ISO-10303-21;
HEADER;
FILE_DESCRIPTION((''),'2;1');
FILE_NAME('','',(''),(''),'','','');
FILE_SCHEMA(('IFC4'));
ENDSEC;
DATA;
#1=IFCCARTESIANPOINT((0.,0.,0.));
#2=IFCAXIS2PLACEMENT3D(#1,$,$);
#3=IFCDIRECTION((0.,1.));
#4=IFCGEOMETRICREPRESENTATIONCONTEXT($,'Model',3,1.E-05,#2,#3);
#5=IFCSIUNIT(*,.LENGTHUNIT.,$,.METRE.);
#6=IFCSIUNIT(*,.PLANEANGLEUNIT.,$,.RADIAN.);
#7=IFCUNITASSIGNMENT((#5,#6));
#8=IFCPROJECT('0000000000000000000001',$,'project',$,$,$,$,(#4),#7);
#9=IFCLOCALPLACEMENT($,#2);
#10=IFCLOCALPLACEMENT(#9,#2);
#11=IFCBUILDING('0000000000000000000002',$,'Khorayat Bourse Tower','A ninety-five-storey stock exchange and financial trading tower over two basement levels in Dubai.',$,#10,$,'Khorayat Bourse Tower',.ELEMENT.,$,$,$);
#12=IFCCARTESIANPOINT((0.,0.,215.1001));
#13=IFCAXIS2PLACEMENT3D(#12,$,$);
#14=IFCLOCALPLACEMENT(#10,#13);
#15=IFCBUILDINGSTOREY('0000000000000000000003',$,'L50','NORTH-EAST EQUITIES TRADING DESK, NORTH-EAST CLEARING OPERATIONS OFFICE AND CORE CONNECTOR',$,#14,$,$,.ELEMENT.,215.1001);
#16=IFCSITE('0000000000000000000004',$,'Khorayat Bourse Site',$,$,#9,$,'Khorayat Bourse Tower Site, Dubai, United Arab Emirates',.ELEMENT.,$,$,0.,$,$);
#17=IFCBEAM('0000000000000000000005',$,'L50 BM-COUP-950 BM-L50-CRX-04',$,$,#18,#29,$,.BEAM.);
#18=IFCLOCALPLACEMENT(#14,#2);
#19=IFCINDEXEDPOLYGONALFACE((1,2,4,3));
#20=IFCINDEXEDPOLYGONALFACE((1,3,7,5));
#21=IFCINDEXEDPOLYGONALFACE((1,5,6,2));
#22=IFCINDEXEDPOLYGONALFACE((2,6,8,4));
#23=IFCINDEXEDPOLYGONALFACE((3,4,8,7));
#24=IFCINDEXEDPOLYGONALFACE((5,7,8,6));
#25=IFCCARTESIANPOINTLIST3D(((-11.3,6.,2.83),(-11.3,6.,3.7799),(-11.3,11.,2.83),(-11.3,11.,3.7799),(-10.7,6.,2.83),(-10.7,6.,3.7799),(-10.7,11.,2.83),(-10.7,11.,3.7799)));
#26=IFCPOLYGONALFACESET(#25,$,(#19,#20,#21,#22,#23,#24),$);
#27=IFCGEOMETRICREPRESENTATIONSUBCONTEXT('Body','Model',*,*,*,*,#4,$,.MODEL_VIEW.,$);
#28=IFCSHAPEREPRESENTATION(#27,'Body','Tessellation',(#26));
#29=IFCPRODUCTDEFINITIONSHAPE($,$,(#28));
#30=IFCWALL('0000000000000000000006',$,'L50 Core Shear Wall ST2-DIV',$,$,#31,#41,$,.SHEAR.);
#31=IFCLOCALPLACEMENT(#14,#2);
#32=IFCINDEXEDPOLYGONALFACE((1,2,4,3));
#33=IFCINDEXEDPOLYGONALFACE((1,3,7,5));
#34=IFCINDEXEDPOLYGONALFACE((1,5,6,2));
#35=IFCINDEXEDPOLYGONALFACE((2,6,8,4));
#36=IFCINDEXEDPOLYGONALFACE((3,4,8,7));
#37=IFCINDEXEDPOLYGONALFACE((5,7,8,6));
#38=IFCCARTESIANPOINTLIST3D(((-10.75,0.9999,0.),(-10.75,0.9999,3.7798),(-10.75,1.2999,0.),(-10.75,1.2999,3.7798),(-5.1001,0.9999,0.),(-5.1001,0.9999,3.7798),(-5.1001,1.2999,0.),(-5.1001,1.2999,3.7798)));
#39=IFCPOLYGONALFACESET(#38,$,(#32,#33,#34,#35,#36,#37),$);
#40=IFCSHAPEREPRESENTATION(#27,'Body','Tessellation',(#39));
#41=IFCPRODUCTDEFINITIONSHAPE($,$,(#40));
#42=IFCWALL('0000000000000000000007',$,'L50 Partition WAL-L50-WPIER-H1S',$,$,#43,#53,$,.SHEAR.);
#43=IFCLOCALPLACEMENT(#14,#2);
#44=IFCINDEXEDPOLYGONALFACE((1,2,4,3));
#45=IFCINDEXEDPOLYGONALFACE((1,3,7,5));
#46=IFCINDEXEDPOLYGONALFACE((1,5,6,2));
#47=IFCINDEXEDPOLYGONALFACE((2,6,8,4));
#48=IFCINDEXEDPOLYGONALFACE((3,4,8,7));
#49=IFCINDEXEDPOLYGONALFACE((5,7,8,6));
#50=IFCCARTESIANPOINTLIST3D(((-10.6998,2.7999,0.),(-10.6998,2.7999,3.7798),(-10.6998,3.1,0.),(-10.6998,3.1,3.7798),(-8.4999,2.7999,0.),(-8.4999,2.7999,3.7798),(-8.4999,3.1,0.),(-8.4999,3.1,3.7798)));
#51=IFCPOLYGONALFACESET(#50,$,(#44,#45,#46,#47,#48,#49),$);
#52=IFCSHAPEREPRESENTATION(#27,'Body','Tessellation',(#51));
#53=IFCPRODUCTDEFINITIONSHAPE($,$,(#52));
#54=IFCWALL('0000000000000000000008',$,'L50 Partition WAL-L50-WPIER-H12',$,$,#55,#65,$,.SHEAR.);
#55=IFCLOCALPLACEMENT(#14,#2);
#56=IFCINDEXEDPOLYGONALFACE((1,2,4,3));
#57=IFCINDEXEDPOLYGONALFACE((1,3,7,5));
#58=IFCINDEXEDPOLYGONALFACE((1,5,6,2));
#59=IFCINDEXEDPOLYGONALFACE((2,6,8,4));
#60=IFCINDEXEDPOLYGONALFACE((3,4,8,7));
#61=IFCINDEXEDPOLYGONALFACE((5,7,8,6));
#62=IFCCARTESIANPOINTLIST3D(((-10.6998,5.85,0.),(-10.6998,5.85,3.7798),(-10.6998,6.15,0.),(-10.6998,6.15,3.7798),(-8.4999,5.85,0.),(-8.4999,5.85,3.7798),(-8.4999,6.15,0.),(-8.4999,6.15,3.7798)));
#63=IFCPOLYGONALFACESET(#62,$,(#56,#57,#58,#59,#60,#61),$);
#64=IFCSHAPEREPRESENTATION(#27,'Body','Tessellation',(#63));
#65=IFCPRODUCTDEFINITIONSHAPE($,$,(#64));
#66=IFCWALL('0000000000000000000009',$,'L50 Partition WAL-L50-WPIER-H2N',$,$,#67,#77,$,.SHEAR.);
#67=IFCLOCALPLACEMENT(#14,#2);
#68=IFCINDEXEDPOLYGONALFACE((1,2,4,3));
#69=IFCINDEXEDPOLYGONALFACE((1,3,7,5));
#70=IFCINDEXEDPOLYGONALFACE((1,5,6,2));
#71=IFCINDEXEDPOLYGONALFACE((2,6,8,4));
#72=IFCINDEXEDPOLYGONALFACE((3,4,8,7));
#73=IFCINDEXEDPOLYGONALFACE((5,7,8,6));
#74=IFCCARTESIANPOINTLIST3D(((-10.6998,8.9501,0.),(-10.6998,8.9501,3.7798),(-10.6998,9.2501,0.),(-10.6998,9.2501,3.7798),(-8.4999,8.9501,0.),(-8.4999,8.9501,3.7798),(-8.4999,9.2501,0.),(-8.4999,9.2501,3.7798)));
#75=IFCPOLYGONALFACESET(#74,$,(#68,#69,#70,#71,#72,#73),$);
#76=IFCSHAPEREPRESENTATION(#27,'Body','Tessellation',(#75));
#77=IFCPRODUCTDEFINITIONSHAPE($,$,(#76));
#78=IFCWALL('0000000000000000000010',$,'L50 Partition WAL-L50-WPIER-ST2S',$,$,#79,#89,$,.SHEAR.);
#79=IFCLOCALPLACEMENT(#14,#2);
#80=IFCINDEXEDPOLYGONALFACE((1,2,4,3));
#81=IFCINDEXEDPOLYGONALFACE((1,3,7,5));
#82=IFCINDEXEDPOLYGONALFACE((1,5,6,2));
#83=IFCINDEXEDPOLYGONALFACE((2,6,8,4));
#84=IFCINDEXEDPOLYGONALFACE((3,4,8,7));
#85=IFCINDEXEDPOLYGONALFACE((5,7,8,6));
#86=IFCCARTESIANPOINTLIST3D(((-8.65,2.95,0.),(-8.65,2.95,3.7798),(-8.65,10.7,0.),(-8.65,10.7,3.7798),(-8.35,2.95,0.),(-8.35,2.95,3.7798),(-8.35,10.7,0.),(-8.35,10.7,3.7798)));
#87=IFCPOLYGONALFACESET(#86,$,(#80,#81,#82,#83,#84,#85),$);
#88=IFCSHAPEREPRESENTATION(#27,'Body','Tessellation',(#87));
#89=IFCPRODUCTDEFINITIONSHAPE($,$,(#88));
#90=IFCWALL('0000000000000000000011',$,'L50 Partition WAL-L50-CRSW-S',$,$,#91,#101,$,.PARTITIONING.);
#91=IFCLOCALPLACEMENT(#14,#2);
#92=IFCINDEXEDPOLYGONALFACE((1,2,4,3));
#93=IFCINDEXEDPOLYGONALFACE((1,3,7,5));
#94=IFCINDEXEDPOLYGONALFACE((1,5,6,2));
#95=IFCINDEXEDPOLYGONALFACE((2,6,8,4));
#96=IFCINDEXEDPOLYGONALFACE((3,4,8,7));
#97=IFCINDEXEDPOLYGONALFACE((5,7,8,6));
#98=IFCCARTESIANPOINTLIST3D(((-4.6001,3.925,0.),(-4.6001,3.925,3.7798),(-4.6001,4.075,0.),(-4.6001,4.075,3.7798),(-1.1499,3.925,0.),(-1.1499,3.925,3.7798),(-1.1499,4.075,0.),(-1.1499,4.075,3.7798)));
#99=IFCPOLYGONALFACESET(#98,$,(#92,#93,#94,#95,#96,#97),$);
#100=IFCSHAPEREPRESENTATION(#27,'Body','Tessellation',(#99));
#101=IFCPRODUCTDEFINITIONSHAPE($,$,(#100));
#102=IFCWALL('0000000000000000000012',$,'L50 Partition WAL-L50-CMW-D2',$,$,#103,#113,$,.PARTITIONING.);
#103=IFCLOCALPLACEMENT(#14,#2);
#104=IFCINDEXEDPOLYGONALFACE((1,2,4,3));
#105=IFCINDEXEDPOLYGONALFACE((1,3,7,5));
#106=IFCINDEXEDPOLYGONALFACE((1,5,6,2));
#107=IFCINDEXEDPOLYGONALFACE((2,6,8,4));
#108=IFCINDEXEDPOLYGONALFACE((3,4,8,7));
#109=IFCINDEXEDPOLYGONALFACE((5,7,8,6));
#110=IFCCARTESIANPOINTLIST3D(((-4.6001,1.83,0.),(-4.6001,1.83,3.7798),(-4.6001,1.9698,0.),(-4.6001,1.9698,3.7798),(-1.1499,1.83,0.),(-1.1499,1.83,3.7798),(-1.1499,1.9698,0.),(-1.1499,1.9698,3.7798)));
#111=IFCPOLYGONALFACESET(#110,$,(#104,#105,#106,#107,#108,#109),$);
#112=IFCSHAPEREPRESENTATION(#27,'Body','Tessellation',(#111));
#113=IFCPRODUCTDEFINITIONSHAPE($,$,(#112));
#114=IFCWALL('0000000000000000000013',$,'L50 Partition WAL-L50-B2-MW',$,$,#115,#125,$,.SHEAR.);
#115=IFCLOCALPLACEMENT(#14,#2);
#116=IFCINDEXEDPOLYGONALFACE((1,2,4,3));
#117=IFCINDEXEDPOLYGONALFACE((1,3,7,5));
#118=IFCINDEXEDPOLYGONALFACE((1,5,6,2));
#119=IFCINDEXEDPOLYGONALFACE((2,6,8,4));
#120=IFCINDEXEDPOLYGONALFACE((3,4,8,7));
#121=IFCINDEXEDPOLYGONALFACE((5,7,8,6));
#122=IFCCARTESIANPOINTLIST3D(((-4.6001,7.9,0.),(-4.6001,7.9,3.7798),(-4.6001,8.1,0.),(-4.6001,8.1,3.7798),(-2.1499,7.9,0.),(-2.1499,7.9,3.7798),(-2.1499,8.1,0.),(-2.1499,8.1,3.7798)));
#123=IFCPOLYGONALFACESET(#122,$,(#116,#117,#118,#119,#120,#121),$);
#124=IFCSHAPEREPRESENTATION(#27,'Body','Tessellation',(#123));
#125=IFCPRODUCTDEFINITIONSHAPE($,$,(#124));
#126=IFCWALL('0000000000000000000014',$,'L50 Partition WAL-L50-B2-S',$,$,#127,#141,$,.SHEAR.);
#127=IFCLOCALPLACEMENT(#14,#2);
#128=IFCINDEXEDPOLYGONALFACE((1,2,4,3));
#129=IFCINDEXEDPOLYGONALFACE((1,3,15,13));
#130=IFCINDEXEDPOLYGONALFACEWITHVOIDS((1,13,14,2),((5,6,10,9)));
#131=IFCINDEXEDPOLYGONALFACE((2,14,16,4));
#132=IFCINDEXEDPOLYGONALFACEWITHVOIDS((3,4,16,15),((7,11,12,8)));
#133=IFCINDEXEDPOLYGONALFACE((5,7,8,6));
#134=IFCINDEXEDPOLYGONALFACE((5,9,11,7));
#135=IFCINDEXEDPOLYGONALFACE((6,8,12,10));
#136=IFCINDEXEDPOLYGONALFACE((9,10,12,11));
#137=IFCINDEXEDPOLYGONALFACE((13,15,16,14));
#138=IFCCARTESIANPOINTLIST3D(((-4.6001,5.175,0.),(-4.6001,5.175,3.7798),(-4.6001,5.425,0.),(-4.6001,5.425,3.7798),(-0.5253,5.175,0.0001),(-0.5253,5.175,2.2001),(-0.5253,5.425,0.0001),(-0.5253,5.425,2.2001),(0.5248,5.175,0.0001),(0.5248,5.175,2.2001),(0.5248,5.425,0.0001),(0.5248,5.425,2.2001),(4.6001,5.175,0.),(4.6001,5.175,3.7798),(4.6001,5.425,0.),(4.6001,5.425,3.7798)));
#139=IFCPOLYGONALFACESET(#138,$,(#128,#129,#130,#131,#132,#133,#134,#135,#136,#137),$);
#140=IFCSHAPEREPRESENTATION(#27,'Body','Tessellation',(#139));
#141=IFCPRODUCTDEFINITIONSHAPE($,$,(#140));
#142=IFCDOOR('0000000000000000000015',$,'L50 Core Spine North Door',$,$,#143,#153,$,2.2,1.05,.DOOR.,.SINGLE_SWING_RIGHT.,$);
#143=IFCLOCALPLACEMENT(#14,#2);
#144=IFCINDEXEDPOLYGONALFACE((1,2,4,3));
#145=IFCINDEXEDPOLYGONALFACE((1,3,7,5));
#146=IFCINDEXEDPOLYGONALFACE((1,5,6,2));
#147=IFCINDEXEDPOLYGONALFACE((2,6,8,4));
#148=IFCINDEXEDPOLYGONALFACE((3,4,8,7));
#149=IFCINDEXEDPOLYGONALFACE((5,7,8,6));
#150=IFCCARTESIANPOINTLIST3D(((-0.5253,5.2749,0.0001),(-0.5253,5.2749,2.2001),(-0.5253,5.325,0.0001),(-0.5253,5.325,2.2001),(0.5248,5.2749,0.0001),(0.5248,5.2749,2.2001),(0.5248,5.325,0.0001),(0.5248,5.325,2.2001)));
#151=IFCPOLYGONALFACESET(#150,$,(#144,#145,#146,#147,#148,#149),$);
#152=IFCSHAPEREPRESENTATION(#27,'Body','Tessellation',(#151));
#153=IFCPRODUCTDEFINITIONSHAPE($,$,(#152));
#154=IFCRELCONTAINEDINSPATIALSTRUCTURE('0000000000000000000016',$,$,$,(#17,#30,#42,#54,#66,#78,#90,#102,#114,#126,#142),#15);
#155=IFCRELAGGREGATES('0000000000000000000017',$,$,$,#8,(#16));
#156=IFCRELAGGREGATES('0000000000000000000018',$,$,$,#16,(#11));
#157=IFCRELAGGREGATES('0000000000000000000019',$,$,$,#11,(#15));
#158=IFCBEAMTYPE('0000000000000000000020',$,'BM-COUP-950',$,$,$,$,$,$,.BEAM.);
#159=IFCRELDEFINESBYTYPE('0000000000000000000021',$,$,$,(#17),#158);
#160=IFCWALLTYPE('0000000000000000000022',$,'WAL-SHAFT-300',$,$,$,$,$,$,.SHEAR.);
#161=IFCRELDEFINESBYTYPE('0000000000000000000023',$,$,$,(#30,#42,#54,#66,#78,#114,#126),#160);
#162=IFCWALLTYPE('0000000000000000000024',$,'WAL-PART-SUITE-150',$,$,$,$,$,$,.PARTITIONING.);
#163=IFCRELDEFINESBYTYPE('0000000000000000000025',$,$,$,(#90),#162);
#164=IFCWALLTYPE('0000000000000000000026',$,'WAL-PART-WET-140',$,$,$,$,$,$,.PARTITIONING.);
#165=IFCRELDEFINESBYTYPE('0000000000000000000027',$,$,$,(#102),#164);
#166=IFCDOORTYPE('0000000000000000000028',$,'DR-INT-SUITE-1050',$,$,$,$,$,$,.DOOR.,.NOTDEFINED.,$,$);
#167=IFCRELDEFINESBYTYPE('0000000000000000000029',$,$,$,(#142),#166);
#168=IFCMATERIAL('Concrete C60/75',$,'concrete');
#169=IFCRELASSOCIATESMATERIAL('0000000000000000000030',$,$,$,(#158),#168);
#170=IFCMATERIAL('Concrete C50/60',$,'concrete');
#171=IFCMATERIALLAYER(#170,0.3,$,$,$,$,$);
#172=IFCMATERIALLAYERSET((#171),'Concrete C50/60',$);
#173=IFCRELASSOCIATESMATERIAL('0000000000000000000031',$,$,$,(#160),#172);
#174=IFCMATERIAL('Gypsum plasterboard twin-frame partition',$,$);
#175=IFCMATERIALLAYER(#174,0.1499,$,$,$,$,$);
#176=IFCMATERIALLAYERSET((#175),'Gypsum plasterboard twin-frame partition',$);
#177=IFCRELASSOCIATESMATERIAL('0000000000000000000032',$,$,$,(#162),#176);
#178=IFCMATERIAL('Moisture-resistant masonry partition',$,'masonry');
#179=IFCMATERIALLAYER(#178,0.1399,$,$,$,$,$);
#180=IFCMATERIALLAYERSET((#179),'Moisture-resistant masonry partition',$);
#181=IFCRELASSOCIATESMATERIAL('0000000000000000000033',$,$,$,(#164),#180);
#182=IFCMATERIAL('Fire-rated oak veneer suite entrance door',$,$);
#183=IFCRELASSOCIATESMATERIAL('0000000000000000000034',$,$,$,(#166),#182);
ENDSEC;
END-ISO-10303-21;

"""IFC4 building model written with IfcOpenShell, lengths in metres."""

from ifc_helpers import new_model, si_unit, direction, frame, frame_2d, origin, origin_2d, place, context, subcontext, project, spatial, rectangle, extrude, source, transform, mapped, material, layer, layer_set, material_profile, profile_set, type_object, element, fill, save


model = new_model("IFC4")

# Units and contexts
model_context = context("Model", 3, precision=1e-05, world=origin(), true_north=direction((0.0, 1.0)))
body_context = subcontext(model_context, "Body", "Model", "MODEL_VIEW")
ifc_project = project(units=[si_unit("LENGTHUNIT", "METRE"), si_unit("PLANEANGLEUNIT", "RADIAN")], contexts=[model_context])

# Site, building, storey
site_placement = place(None, origin())
site = spatial("IfcSite", under=ifc_project, at=site_placement, Name="Khorayat Bourse Site", LongName="Khorayat Bourse Tower Site, Dubai, United Arab Emirates", CompositionType="ELEMENT", RefElevation=0.0)
building_placement = place(site_placement, origin())
building = spatial("IfcBuilding", under=site, at=building_placement, Name="Khorayat Bourse Tower", Description="A ninety-five-storey stock exchange and financial trading tower over two basement levels in Dubai.", LongName="Khorayat Bourse Tower", CompositionType="ELEMENT")
storey_placement = place(building_placement, frame((0.0, 0.0, 215.1001)))
storey = spatial("IfcBuildingStorey", under=building, at=storey_placement, Name="L50", Description="NORTH-EAST EQUITIES TRADING DESK, NORTH-EAST CLEARING OPERATIONS OFFICE AND CORE CONNECTOR", CompositionType="ELEMENT", Elevation=215.1001)

# Shared definitions
ifc_material_1 = material(Name="Concrete C60/75", Category="concrete")

# Beam
ifc_material_profile_1 = material_profile(ifc_material_1, rectangle(XDim=0.6001, YDim=0.95, at=origin_2d()), Name="RC 600x950")
ifc_profile_set_1 = profile_set([ifc_material_profile_1], Name="Concrete C60/75")
beam_type_1 = type_object("IfcBeamType", Name="BM-COUP-950", PredefinedType="BEAM", material=ifc_profile_set_1)
shared_shape_1 = source(origin(), body_context, "Body", "SweptSolid", [
    extrude(rectangle(XDim=0.6001, YDim=0.95, at=origin_2d()), origin(), (0.0, 0.0, 1.0), 5.0),
])
beam_1_placement = place(storey_placement, frame((-11.0, 6.0, 3.3049), z_axis=(0.0, 1.0, 0.0), x_axis=(-1.0, 0.0, 0.0)))
element("IfcBeam", 1, at=beam_1_placement, inside=storey, type_object=beam_type_1, Name="L50 BM-COUP-950 BM-L50-CRX-04", PredefinedType="BEAM", context=body_context, shape_type="MappedRepresentation", body=[
    mapped(shared_shape_1, transform((0.0, 0.0, 0.0), scale=1.0)),
])

# Walls
ifc_material_2 = material(Name="Concrete C50/60", Category="concrete")
ifc_layer_1 = layer(ifc_material_2, 0.3)
ifc_layer_set_1 = layer_set([ifc_layer_1], Name="Concrete C50/60")
wall_type_1 = type_object("IfcWallType", Name="WAL-SHAFT-300", PredefinedType="SHEAR", material=ifc_layer_set_1)
shared_shape_2 = source(origin(), body_context, "Body", "SweptSolid", [
    extrude(rectangle(XDim=5.6499, YDim=0.3, at=frame_2d((2.825, 0.0))), origin(), (0.0, 0.0, 1.0), 3.7798),
])
wall_1_placement = place(storey_placement, frame((-10.75, 1.1499, 0.0), z_axis=(0.0, 0.0, 1.0), x_axis=(1.0, 0.0, 0.0)))
element("IfcWall", 2, at=wall_1_placement, inside=storey, type_object=wall_type_1, Name="L50 Core Shear Wall ST2-DIV", PredefinedType="SHEAR", context=body_context, shape_type="MappedRepresentation", body=[
    mapped(shared_shape_2, transform((0.0, 0.0, 0.0), scale=1.0)),
])
shared_shape_3 = source(origin(), body_context, "Body", "SweptSolid", [
    extrude(rectangle(XDim=2.2, YDim=0.3, at=frame_2d((1.1001, 0.0))), origin(), (0.0, 0.0, 1.0), 3.7798),
])
for number, where, z_axis, x_axis, name in (
    (3, (-10.7, 2.95, 0.0), (0.0, 0.0, 1.0), (1.0, 0.0, 0.0), "L50 Partition WAL-L50-WPIER-H1S"),
    (4, (-10.7, 6.0, 0.0), (0.0, 0.0, 1.0), (1.0, 0.0, 0.0), "L50 Partition WAL-L50-WPIER-H12"),
    (5, (-10.7, 9.1001, 0.0), (0.0, 0.0, 1.0), (1.0, 0.0, 0.0), "L50 Partition WAL-L50-WPIER-H2N"),
):
    element("IfcWall", number, at=place(storey_placement, frame(where, z_axis=z_axis, x_axis=x_axis)), inside=storey, type_object=wall_type_1, Name=name, PredefinedType="SHEAR", context=body_context, shape_type="MappedRepresentation", body=[
        mapped(shared_shape_3, transform((0.0, 0.0, 0.0), scale=1.0)),
    ])
shared_shape_4 = source(origin(), body_context, "Body", "SweptSolid", [
    extrude(rectangle(XDim=7.75, YDim=0.3, at=frame_2d((3.875, 0.0))), origin(), (0.0, 0.0, 1.0), 3.7798),
])
wall_2_placement = place(storey_placement, frame((-8.5, 2.95, 0.0), z_axis=(0.0, 0.0, 1.0), x_axis=(0.0, 1.0, 0.0)))
element("IfcWall", 6, at=wall_2_placement, inside=storey, type_object=wall_type_1, Name="L50 Partition WAL-L50-WPIER-ST2S", PredefinedType="SHEAR", context=body_context, shape_type="MappedRepresentation", body=[
    mapped(shared_shape_4, transform((0.0, 0.0, 0.0), scale=1.0)),
])
ifc_material_3 = material(Name="Gypsum plasterboard twin-frame partition")
ifc_layer_2 = layer(ifc_material_3, 0.1499)
ifc_layer_set_2 = layer_set([ifc_layer_2], Name="Gypsum plasterboard twin-frame partition")
wall_type_2 = type_object("IfcWallType", Name="WAL-PART-SUITE-150", PredefinedType="PARTITIONING", material=ifc_layer_set_2)
shared_shape_5 = source(origin(), body_context, "Body", "SweptSolid", [
    extrude(rectangle(XDim=3.4502, YDim=0.1499, at=frame_2d((1.7251, 0.0))), origin(), (0.0, 0.0, 1.0), 3.7798),
])
wall_3_placement = place(storey_placement, frame((-4.6001, 4.0, 0.0), z_axis=(0.0, 0.0, 1.0), x_axis=(1.0, 0.0, 0.0)))
element("IfcWall", 7, at=wall_3_placement, inside=storey, type_object=wall_type_2, Name="L50 Partition WAL-L50-CRSW-S", PredefinedType="PARTITIONING", context=body_context, shape_type="MappedRepresentation", body=[
    mapped(shared_shape_5, transform((0.0, 0.0, 0.0), scale=1.0)),
])
ifc_material_4 = material(Name="Moisture-resistant masonry partition", Category="masonry")
ifc_layer_3 = layer(ifc_material_4, 0.1399)
ifc_layer_set_3 = layer_set([ifc_layer_3], Name="Moisture-resistant masonry partition")
wall_type_3 = type_object("IfcWallType", Name="WAL-PART-WET-140", PredefinedType="PARTITIONING", material=ifc_layer_set_3)
shared_shape_6 = source(origin(), body_context, "Body", "SweptSolid", [
    extrude(rectangle(XDim=3.4502, YDim=0.1399, at=frame_2d((1.7251, 0.0))), origin(), (0.0, 0.0, 1.0), 3.7798),
])
wall_4_placement = place(storey_placement, frame((-4.6001, 1.8999, 0.0), z_axis=(0.0, 0.0, 1.0), x_axis=(1.0, 0.0, 0.0)))
element("IfcWall", 8, at=wall_4_placement, inside=storey, type_object=wall_type_3, Name="L50 Partition WAL-L50-CMW-D2", PredefinedType="PARTITIONING", context=body_context, shape_type="MappedRepresentation", body=[
    mapped(shared_shape_6, transform((0.0, 0.0, 0.0), scale=1.0)),
])
shared_shape_7 = source(origin(), body_context, "Body", "SweptSolid", [
    extrude(rectangle(XDim=2.4502, YDim=0.2, at=frame_2d((1.2251, 0.0))), origin(), (0.0, 0.0, 1.0), 3.7798),
])
wall_5_placement = place(storey_placement, frame((-4.6001, 8.0, 0.0), z_axis=(0.0, 0.0, 1.0), x_axis=(1.0, 0.0, 0.0)))
element("IfcWall", 9, at=wall_5_placement, inside=storey, type_object=wall_type_1, Name="L50 Partition WAL-L50-B2-MW", PredefinedType="SHEAR", context=body_context, shape_type="MappedRepresentation", body=[
    mapped(shared_shape_7, transform((0.0, 0.0, 0.0), scale=1.0)),
])

# Wall, opening, door
shared_shape_8 = source(origin(), body_context, "Body", "SweptSolid", [
    extrude(rectangle(XDim=9.2002, YDim=0.25, at=frame_2d((4.6001, 0.0))), origin(), (0.0, 0.0, 1.0), 3.7798),
])
wall_6_placement = place(storey_placement, frame((-4.6001, 5.3, 0.0), z_axis=(0.0, 0.0, 1.0), x_axis=(1.0, 0.0, 0.0)))
wall_6 = element("IfcWall", 10, at=wall_6_placement, inside=storey, type_object=wall_type_1, Name="L50 Partition WAL-L50-B2-S", PredefinedType="SHEAR", context=body_context, shape_type="MappedRepresentation", body=[
    mapped(shared_shape_8, transform((0.0, 0.0, 0.0), scale=1.0)),
])
shared_shape_9 = source(origin(), body_context, "Body", "SweptSolid", [
    extrude(rectangle(XDim=1.05, YDim=2.2, at=frame_2d((0.5249, 1.1001))), frame((0.0, 0.135, 0.0), z_axis=(0.0, -1.0, 0.0), x_axis=(1.0, 0.0, 0.0)), (0.0, 0.0, 1.0), 0.27),
])
opening_placement = place(wall_6_placement, frame((4.075, 0.0, 0.0)))
opening = element("IfcOpeningElement", 11, at=opening_placement, cuts=wall_6, PredefinedType="OPENING", context=body_context, shape_type="MappedRepresentation", body=[
    mapped(shared_shape_9, transform((0.0, 0.0, 0.0), scale=1.0)),
])
ifc_material_5 = material(Name="Fire-rated oak veneer suite entrance door")
door_type = type_object("IfcDoorType", Name="DR-INT-SUITE-1050", OperationType="NOTDEFINED", PredefinedType="DOOR", material=ifc_material_5)
shared_shape_10 = source(origin(), body_context, "Body", "SweptSolid", [
    extrude(rectangle(XDim=1.05, YDim=2.2, at=frame_2d((0.5249, 1.1001))), frame((0.0, 0.0249, 0.0), z_axis=(0.0, -1.0, 0.0), x_axis=(1.0, 0.0, 0.0)), (0.0, 0.0, 1.0), 0.05),
])
door_placement = place(opening_placement, origin())
door = element("IfcDoor", 12, at=door_placement, inside=storey, type_object=door_type, Name="L50 Core Spine North Door", OperationType="SINGLE_SWING_RIGHT", OverallHeight=2.2, OverallWidth=1.05, PredefinedType="DOOR", context=body_context, shape_type="MappedRepresentation", body=[
    mapped(shared_shape_10, transform((0.0, 0.0, 0.0), scale=1.0)),
])
fill(opening, door)

save(model, "model.ifc")
